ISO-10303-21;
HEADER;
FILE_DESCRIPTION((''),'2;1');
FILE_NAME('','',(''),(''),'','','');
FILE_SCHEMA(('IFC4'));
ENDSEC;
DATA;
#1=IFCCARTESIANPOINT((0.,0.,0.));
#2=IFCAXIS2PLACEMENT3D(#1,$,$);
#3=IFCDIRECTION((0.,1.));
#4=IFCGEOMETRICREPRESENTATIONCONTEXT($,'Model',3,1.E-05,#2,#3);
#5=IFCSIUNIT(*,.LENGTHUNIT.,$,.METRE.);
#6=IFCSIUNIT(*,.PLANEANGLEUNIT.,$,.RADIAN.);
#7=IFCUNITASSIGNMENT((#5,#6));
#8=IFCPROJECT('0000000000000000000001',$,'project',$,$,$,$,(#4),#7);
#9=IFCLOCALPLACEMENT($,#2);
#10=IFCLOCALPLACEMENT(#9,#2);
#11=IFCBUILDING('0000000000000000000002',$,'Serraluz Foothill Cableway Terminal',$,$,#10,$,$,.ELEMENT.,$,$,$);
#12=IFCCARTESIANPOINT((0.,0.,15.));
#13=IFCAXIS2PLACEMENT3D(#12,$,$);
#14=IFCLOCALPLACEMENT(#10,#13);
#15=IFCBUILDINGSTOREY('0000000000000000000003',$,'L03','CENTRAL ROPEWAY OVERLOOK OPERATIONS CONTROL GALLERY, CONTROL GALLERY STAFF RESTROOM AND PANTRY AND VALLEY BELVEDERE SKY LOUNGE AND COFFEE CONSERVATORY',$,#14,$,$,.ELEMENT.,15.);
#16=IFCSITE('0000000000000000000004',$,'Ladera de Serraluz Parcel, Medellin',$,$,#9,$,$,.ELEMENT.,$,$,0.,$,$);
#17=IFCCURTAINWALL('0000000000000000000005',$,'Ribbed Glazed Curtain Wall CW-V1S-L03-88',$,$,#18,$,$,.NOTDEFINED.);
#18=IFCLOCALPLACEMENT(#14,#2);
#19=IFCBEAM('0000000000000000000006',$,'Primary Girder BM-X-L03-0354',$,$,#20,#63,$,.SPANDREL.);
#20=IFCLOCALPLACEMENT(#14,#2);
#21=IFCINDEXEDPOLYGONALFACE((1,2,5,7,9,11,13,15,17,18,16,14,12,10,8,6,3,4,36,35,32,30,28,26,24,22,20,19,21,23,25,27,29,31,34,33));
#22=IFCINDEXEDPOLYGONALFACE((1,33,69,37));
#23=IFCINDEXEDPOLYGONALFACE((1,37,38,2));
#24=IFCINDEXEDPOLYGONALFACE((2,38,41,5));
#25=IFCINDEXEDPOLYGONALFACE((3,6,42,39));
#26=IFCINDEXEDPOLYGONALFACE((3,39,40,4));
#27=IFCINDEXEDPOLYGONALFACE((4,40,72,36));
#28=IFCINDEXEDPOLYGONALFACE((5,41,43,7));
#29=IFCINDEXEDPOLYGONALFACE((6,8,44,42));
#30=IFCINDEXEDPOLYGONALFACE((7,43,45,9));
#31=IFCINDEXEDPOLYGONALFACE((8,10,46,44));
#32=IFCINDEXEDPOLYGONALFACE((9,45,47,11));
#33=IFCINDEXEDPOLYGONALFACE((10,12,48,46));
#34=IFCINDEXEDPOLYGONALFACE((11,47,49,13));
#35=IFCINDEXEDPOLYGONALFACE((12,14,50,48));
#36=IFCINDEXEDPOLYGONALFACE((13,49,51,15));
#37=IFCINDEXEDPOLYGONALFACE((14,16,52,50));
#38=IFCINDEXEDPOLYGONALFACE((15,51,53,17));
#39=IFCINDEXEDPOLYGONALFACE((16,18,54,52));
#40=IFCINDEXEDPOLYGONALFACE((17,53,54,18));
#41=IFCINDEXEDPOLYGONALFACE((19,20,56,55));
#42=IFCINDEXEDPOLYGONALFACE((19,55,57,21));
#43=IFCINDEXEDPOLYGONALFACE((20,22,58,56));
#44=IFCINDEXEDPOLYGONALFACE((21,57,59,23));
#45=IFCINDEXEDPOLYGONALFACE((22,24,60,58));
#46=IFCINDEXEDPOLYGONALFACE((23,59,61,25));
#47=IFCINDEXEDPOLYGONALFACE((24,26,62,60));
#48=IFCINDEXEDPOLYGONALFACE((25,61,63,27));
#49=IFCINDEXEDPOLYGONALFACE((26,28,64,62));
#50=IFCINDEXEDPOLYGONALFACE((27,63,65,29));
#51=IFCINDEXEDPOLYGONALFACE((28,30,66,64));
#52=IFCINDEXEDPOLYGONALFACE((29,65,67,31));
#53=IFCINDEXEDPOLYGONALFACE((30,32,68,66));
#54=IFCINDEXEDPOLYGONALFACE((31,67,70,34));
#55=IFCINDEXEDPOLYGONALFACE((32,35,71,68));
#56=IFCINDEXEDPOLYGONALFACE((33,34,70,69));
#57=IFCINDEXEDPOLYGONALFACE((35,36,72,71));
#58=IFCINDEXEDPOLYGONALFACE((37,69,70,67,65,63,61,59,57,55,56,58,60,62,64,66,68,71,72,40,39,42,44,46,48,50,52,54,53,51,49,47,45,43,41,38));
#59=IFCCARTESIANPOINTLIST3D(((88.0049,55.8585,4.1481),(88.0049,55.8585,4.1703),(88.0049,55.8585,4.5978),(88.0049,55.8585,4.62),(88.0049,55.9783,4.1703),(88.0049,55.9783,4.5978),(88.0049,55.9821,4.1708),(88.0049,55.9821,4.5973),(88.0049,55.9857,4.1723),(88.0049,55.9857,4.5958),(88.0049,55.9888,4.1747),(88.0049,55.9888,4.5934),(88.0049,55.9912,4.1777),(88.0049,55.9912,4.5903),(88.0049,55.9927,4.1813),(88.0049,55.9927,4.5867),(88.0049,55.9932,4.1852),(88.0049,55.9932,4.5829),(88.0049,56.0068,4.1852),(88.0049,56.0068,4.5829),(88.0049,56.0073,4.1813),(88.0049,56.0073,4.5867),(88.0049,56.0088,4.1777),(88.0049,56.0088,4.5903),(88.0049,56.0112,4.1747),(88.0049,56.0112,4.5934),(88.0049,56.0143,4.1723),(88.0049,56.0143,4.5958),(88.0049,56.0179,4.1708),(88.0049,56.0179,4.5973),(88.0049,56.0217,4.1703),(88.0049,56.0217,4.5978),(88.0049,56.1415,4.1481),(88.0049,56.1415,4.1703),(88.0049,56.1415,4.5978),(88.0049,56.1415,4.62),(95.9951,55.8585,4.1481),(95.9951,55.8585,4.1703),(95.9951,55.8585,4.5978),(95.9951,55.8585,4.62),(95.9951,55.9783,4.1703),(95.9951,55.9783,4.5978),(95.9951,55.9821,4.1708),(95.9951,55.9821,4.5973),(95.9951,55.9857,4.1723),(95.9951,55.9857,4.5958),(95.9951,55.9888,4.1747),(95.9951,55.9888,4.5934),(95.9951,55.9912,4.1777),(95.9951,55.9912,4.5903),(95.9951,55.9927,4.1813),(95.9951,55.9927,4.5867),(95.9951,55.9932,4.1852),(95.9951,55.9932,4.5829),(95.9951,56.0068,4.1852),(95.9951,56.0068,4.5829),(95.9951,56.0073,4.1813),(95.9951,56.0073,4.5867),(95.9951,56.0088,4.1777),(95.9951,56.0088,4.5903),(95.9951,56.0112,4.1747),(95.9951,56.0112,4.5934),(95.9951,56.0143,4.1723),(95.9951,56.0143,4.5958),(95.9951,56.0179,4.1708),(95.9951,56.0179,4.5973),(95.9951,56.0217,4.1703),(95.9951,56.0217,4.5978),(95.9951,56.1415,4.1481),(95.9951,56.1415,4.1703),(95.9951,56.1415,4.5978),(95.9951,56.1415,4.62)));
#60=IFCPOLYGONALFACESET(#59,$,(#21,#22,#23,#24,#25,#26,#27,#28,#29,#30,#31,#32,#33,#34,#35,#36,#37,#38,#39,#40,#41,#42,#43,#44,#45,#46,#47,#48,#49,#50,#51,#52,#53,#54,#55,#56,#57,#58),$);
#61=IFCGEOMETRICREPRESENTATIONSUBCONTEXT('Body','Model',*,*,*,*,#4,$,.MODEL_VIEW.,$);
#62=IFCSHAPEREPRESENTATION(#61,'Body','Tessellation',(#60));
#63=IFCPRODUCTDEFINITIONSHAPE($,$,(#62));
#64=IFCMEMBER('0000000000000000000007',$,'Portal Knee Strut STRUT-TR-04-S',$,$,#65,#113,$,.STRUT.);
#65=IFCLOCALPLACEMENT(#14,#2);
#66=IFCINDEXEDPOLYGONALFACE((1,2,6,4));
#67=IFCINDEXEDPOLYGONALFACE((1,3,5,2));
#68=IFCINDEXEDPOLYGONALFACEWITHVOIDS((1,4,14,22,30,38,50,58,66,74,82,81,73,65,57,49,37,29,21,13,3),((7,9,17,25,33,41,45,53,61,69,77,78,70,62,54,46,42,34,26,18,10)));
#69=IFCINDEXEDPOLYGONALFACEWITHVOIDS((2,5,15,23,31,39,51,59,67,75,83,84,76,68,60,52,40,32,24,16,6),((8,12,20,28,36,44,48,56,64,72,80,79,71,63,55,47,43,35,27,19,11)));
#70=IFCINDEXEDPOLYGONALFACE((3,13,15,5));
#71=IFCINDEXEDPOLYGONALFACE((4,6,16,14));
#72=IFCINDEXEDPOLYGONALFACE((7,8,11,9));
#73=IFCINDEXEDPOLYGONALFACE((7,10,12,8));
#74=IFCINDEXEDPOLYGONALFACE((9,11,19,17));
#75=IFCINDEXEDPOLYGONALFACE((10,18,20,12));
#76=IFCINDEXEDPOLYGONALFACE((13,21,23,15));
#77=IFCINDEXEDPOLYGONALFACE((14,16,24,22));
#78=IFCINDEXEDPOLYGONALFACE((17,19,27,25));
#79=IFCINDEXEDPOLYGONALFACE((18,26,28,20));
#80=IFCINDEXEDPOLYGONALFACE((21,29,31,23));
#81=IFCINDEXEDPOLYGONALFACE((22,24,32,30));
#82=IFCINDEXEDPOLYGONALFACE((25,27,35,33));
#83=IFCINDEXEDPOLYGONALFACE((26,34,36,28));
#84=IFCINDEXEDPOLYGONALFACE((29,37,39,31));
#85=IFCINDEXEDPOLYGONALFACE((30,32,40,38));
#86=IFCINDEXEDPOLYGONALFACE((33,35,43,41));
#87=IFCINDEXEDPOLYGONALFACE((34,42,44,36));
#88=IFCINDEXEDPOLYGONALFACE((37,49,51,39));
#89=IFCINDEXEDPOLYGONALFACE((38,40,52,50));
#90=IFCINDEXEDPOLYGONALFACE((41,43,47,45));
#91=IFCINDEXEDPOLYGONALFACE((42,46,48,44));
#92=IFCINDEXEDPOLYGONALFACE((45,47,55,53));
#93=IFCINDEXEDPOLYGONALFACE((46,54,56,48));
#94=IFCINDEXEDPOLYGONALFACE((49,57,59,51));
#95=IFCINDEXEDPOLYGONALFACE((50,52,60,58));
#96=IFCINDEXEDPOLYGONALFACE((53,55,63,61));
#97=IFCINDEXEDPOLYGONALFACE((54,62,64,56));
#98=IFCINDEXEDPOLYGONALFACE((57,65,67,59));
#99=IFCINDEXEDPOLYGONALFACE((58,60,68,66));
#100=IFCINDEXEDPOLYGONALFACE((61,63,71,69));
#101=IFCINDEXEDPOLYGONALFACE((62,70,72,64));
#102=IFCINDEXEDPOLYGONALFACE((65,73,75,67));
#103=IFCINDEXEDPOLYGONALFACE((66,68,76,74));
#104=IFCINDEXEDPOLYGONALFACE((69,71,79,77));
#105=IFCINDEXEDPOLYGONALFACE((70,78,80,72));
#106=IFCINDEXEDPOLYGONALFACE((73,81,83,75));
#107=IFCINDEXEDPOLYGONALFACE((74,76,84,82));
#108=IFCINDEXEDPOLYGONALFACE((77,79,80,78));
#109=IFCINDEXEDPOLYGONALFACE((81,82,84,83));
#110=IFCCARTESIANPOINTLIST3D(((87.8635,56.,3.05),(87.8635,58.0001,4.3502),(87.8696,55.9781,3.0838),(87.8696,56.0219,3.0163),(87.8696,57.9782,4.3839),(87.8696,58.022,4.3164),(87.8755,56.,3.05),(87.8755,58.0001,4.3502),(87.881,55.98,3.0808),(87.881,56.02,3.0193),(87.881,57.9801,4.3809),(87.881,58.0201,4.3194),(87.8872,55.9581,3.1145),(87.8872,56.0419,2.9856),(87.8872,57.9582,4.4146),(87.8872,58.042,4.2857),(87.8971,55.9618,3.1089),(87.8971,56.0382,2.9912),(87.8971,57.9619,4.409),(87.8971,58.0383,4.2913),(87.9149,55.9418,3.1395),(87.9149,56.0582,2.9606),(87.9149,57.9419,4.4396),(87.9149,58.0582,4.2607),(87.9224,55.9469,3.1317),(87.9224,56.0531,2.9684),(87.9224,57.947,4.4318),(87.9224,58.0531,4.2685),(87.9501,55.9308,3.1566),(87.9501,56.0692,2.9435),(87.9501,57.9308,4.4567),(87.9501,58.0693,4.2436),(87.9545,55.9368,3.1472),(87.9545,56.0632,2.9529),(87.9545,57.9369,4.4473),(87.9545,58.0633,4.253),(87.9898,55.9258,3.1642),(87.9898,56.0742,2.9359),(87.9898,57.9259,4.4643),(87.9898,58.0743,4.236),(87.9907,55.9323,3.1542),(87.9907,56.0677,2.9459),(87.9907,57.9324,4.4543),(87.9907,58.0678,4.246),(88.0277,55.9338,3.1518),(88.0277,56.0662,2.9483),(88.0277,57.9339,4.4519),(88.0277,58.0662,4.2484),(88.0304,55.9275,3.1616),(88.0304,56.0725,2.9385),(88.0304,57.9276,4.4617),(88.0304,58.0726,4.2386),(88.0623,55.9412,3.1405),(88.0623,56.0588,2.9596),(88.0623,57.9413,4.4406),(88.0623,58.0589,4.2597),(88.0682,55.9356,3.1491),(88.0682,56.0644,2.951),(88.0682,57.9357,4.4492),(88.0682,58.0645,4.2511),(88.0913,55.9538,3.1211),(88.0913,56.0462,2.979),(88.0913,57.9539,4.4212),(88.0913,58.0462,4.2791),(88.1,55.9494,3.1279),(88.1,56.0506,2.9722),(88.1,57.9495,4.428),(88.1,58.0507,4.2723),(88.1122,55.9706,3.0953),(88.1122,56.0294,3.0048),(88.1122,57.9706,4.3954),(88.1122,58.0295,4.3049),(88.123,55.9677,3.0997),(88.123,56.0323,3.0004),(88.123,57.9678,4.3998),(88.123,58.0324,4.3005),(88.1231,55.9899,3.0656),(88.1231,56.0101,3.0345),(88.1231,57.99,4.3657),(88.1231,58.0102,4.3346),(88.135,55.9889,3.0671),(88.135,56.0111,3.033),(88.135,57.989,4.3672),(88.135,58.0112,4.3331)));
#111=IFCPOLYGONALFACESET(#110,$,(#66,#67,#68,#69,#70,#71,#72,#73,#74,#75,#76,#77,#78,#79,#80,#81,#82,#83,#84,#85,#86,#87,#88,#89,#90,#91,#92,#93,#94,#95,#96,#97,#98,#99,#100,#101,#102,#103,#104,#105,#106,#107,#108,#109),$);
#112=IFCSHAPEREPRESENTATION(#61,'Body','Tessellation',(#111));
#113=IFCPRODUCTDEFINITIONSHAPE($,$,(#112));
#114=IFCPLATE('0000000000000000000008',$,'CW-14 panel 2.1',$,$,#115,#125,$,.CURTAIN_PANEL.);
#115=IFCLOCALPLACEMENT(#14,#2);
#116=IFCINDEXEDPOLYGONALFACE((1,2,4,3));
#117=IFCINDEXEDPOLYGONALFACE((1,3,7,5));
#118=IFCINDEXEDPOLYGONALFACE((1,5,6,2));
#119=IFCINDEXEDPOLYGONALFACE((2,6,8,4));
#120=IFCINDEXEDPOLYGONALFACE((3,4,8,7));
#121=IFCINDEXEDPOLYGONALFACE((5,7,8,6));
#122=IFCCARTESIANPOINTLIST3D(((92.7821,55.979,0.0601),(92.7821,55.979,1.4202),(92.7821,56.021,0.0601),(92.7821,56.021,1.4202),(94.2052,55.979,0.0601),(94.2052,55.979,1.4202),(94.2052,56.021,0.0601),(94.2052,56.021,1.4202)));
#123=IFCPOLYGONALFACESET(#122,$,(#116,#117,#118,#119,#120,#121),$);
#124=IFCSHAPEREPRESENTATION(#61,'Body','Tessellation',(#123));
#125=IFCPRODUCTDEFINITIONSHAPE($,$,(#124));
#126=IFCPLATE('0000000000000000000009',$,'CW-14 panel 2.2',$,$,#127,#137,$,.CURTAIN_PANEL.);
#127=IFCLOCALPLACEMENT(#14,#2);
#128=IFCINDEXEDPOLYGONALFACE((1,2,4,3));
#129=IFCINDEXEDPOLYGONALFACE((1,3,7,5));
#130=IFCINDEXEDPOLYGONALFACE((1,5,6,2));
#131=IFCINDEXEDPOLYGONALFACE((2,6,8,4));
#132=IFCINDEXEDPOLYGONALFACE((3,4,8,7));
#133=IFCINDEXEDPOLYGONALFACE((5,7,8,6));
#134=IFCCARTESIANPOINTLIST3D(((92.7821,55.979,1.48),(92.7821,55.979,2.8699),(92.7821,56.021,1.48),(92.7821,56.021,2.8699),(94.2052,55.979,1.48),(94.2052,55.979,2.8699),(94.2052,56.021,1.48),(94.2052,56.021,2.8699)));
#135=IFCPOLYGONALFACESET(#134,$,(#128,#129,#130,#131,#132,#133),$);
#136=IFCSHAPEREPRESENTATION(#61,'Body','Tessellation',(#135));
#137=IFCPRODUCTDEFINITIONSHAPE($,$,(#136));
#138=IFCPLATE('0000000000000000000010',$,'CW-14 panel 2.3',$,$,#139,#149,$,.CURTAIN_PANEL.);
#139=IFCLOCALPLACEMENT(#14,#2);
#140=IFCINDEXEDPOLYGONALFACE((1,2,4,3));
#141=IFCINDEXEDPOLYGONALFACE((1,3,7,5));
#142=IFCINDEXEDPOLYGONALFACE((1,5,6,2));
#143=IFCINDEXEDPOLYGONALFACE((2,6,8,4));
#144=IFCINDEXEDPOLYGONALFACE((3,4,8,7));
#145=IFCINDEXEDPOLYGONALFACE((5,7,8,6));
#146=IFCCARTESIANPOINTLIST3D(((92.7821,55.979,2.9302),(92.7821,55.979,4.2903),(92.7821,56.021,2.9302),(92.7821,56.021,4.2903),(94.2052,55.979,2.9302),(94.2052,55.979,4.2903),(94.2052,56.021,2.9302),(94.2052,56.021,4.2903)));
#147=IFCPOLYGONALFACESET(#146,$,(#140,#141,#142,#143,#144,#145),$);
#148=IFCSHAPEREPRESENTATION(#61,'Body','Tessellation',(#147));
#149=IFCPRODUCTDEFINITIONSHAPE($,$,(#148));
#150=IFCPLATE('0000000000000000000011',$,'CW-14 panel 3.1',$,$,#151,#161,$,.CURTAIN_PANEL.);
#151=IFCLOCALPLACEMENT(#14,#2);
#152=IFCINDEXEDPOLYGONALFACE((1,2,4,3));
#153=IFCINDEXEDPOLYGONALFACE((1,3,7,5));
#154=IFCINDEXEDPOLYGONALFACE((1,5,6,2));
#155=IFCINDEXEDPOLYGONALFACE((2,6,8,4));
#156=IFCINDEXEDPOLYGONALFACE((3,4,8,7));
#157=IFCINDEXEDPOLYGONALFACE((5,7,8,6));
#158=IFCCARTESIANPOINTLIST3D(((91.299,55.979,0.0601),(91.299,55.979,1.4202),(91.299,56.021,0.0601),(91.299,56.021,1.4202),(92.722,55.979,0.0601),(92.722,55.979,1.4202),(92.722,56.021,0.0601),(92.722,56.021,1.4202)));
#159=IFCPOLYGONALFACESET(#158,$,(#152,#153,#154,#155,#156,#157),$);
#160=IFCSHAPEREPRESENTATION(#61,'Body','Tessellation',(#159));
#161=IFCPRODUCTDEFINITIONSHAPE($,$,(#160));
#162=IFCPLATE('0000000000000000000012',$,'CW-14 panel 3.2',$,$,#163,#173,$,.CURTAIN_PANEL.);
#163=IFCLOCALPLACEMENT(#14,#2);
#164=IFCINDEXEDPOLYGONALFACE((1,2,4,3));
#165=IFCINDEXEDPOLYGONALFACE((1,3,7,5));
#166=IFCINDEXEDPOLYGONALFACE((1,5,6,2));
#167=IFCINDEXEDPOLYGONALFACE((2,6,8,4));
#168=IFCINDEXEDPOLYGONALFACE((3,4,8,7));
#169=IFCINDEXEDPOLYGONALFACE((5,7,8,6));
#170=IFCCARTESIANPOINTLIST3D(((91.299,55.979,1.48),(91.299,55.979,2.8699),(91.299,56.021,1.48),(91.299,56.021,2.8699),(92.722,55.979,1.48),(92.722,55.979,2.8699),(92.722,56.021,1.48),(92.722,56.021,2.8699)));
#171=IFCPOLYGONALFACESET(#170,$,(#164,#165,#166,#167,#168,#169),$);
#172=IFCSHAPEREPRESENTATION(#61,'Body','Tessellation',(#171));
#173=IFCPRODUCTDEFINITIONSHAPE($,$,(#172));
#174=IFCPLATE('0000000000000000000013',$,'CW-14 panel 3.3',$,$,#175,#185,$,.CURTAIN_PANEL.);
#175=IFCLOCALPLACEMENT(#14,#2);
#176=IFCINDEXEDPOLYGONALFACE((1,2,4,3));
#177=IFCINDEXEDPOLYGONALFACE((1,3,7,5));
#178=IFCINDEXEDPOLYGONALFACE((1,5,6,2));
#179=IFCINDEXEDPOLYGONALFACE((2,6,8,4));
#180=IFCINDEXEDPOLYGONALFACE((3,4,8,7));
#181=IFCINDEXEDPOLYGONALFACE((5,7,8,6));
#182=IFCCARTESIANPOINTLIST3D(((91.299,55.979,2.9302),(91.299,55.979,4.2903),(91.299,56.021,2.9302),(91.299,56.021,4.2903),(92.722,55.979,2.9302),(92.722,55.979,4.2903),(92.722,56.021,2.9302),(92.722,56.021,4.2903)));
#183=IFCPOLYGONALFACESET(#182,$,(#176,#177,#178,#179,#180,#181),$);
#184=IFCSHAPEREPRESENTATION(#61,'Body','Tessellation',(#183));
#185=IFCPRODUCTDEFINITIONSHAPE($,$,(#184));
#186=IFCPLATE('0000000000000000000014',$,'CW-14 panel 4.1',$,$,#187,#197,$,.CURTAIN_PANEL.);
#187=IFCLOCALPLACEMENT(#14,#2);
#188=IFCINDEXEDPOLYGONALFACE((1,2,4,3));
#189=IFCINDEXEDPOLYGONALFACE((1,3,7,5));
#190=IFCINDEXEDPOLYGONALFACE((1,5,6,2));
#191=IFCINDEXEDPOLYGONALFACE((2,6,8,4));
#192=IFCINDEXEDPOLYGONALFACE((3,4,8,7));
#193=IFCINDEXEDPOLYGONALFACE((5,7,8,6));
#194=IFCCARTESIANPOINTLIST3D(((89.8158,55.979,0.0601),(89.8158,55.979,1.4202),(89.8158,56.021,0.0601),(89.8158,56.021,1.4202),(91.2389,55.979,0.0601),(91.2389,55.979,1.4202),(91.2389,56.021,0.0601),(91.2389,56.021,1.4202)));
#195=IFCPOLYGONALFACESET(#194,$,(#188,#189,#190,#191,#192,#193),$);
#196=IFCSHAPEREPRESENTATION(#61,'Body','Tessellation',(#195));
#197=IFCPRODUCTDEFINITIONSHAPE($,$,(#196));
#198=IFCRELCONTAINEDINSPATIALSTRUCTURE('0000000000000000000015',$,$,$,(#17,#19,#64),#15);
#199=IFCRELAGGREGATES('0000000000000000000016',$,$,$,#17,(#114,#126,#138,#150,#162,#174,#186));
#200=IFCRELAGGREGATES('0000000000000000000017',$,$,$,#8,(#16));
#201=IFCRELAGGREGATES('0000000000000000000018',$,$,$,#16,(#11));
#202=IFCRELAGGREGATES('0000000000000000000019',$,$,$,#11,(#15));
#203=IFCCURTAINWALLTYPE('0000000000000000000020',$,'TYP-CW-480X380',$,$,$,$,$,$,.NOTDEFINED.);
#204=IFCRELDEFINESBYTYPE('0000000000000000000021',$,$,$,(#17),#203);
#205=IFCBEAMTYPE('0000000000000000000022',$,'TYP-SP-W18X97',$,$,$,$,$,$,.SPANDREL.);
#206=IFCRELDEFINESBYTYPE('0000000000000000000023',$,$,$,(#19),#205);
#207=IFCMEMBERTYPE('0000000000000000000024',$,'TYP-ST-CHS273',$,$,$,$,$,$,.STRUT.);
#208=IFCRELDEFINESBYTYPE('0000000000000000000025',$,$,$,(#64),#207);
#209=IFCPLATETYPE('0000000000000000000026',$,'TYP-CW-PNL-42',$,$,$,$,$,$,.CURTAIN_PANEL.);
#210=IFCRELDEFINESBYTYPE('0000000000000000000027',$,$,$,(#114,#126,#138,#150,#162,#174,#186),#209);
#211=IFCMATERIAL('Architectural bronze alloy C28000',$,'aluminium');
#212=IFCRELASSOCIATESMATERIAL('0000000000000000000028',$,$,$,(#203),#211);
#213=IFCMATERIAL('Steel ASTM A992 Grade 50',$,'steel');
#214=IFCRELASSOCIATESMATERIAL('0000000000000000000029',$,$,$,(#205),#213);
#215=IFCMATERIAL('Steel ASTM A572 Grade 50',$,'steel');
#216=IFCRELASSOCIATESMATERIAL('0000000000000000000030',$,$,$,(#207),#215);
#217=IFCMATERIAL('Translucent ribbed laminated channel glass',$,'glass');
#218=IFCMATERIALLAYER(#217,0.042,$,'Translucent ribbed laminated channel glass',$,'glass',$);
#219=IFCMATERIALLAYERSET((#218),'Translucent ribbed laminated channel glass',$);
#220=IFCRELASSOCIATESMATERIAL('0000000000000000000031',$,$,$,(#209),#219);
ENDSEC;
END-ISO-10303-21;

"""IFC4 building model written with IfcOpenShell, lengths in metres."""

from ifc_helpers import new_model, si_unit, direction, frame, origin, origin_2d, place, context, subcontext, project, spatial, rectangle, hollow_circle, i_section, extrude, material, layer, layer_set, material_profile, profile_set, type_object, element, aggregate, save


model = new_model("IFC4")

# Units and contexts
model_context = context("Model", 3, precision=1e-05, world=origin(), true_north=direction((0.0, 1.0)))
body_context = subcontext(model_context, "Body", "Model", "MODEL_VIEW")
ifc_project = project(units=[si_unit("LENGTHUNIT", "METRE"), si_unit("PLANEANGLEUNIT", "RADIAN")], contexts=[model_context])

# Site, building, storey
site_placement = place(None, origin())
site = spatial("IfcSite", under=ifc_project, at=site_placement, Name="Ladera de Serraluz Parcel, Medellin", CompositionType="ELEMENT", RefElevation=0.0)
building_placement = place(site_placement, origin())
building = spatial("IfcBuilding", under=site, at=building_placement, Name="Serraluz Foothill Cableway Terminal", CompositionType="ELEMENT")
storey_placement = place(building_placement, frame((0.0, 0.0, 15.0)))
storey = spatial("IfcBuildingStorey", under=building, at=storey_placement, Name="L03", Description="CENTRAL ROPEWAY OVERLOOK OPERATIONS CONTROL GALLERY, CONTROL GALLERY STAFF RESTROOM AND PANTRY AND VALLEY BELVEDERE SKY LOUNGE AND COFFEE CONSERVATORY", CompositionType="ELEMENT", Elevation=15.0)

# Shared definitions
ifc_material_1 = material(Name="Steel ASTM A992 Grade 50", Category="steel")

# Shared definitions
ifc_material_2 = material(Name="Architectural bronze alloy C28000", Category="aluminium")

# Curtain wall
curtain_wall_type_1 = type_object("IfcCurtainWallType", Name="TYP-CW-480X380", PredefinedType="NOTDEFINED", material=ifc_material_2)
curtain_wall_1_placement = place(storey_placement, origin())
curtain_wall_1 = element("IfcCurtainWall", 1, at=curtain_wall_1_placement, inside=storey, type_object=curtain_wall_type_1, Name="Ribbed Glazed Curtain Wall CW-V1S-L03-88", PredefinedType="NOTDEFINED")

# Beam
ifc_material_profile_1 = material_profile(ifc_material_1, i_section(OverallWidth=0.283, OverallDepth=0.4719, WebThickness=0.0137, FlangeThickness=0.0222, FilletRadius=0.0149, at=origin_2d()), Name="W18X97")
ifc_profile_set_1 = profile_set([ifc_material_profile_1], Name="Steel ASTM A992 Grade 50")
beam_type_1 = type_object("IfcBeamType", Name="TYP-SP-W18X97", PredefinedType="SPANDREL", material=ifc_profile_set_1)
beam_1_placement = place(storey_placement, frame((88.0049, 56.0, 4.384), z_axis=(1.0, 0.0, 0.0), x_axis=(0.0, 1.0, 0.0)))
element("IfcBeam", 2, at=beam_1_placement, inside=storey, type_object=beam_type_1, Name="Primary Girder BM-X-L03-0354", PredefinedType="SPANDREL", context=body_context, shape_type="SweptSolid", body=[
    extrude(i_section(OverallWidth=0.283, OverallDepth=0.4719, WebThickness=0.0137, FlangeThickness=0.0222, FilletRadius=0.0149, at=origin_2d()), origin(), (0.0, 0.0, 1.0), 7.9902),
])

# Member
ifc_material_3 = material(Name="Steel ASTM A572 Grade 50", Category="steel")
ifc_material_profile_2 = material_profile(ifc_material_3, hollow_circle(Radius=0.1365, WallThickness=0.012, at=origin_2d()), Name="CHS273X12")
ifc_profile_set_2 = profile_set([ifc_material_profile_2], Name="Steel ASTM A572 Grade 50")
member_type_1 = type_object("IfcMemberType", Name="TYP-ST-CHS273", PredefinedType="STRUT", material=ifc_profile_set_2)
member_1_placement = place(storey_placement, frame((88.0, 56.0, 3.05), z_axis=(0.0, 0.838434, 0.545003), x_axis=(-1.0, 0.0, 0.0)))
element("IfcMember", 3, at=member_1_placement, inside=storey, type_object=member_type_1, Name="Portal Knee Strut STRUT-TR-04-S", PredefinedType="STRUT", context=body_context, shape_type="SweptSolid", body=[
    extrude(hollow_circle(Radius=0.1365, WallThickness=0.012, at=origin_2d()), origin(), (0.0, 0.0, 1.0), 2.3855),
])

# Plates
ifc_material_4 = material(Name="Translucent ribbed laminated channel glass", Category="glass")
ifc_layer_1 = layer(ifc_material_4, 0.042, Name="Translucent ribbed laminated channel glass", Category="glass")
ifc_layer_set_1 = layer_set([ifc_layer_1], Name="Translucent ribbed laminated channel glass")
plate_type_1 = type_object("IfcPlateType", Name="TYP-CW-PNL-42", PredefinedType="CURTAIN_PANEL", material=ifc_layer_set_1)
plate_1_placement = place(storey_placement, frame((93.4937, 56.0, 0.0601), z_axis=(0.0, 0.0, 1.0), x_axis=(-1.0, 0.0, 0.0)))
plate_1 = element("IfcPlate", 4, at=plate_1_placement, type_object=plate_type_1, Name="CW-14 panel 2.1", PredefinedType="CURTAIN_PANEL", context=body_context, shape_type="SweptSolid", body=[
    extrude(rectangle(XDim=1.4231, YDim=0.042, at=origin_2d()), origin(), (0.0, 0.0, 1.0), 1.3601),
])
plate_2_placement = place(storey_placement, frame((93.4937, 56.0, 1.48), z_axis=(0.0, 0.0, 1.0), x_axis=(-1.0, 0.0, 0.0)))
plate_2 = element("IfcPlate", 5, at=plate_2_placement, type_object=plate_type_1, Name="CW-14 panel 2.2", PredefinedType="CURTAIN_PANEL", context=body_context, shape_type="SweptSolid", body=[
    extrude(rectangle(XDim=1.4231, YDim=0.042, at=origin_2d()), origin(), (0.0, 0.0, 1.0), 1.3899),
])
plate_3_placement = place(storey_placement, frame((93.4937, 56.0, 2.9302), z_axis=(0.0, 0.0, 1.0), x_axis=(-1.0, 0.0, 0.0)))
plate_3 = element("IfcPlate", 6, at=plate_3_placement, type_object=plate_type_1, Name="CW-14 panel 2.3", PredefinedType="CURTAIN_PANEL", context=body_context, shape_type="SweptSolid", body=[
    extrude(rectangle(XDim=1.4231, YDim=0.042, at=origin_2d()), origin(), (0.0, 0.0, 1.0), 1.3601),
])
plate_4_placement = place(storey_placement, frame((92.0105, 56.0, 0.0601), z_axis=(0.0, 0.0, 1.0), x_axis=(-1.0, 0.0, 0.0)))
plate_4 = element("IfcPlate", 7, at=plate_4_placement, type_object=plate_type_1, Name="CW-14 panel 3.1", PredefinedType="CURTAIN_PANEL", context=body_context, shape_type="SweptSolid", body=[
    extrude(rectangle(XDim=1.4231, YDim=0.042, at=origin_2d()), origin(), (0.0, 0.0, 1.0), 1.3601),
])
plate_5_placement = place(storey_placement, frame((92.0105, 56.0, 1.48), z_axis=(0.0, 0.0, 1.0), x_axis=(-1.0, 0.0, 0.0)))
plate_5 = element("IfcPlate", 8, at=plate_5_placement, type_object=plate_type_1, Name="CW-14 panel 3.2", PredefinedType="CURTAIN_PANEL", context=body_context, shape_type="SweptSolid", body=[
    extrude(rectangle(XDim=1.4231, YDim=0.042, at=origin_2d()), origin(), (0.0, 0.0, 1.0), 1.3899),
])
plate_6_placement = place(storey_placement, frame((92.0105, 56.0, 2.9302), z_axis=(0.0, 0.0, 1.0), x_axis=(-1.0, 0.0, 0.0)))
plate_6 = element("IfcPlate", 9, at=plate_6_placement, type_object=plate_type_1, Name="CW-14 panel 3.3", PredefinedType="CURTAIN_PANEL", context=body_context, shape_type="SweptSolid", body=[
    extrude(rectangle(XDim=1.4231, YDim=0.042, at=origin_2d()), origin(), (0.0, 0.0, 1.0), 1.3601),
])
plate_7_placement = place(storey_placement, frame((90.5273, 56.0, 0.0601), z_axis=(0.0, 0.0, 1.0), x_axis=(-1.0, 0.0, 0.0)))
plate_7 = element("IfcPlate", 10, at=plate_7_placement, type_object=plate_type_1, Name="CW-14 panel 4.1", PredefinedType="CURTAIN_PANEL", context=body_context, shape_type="SweptSolid", body=[
    extrude(rectangle(XDim=1.4231, YDim=0.042, at=origin_2d()), origin(), (0.0, 0.0, 1.0), 1.3601),
])
aggregate(curtain_wall_1, [plate_1, plate_2, plate_3, plate_4, plate_5, plate_6, plate_7])

save(model, "model.ifc")
